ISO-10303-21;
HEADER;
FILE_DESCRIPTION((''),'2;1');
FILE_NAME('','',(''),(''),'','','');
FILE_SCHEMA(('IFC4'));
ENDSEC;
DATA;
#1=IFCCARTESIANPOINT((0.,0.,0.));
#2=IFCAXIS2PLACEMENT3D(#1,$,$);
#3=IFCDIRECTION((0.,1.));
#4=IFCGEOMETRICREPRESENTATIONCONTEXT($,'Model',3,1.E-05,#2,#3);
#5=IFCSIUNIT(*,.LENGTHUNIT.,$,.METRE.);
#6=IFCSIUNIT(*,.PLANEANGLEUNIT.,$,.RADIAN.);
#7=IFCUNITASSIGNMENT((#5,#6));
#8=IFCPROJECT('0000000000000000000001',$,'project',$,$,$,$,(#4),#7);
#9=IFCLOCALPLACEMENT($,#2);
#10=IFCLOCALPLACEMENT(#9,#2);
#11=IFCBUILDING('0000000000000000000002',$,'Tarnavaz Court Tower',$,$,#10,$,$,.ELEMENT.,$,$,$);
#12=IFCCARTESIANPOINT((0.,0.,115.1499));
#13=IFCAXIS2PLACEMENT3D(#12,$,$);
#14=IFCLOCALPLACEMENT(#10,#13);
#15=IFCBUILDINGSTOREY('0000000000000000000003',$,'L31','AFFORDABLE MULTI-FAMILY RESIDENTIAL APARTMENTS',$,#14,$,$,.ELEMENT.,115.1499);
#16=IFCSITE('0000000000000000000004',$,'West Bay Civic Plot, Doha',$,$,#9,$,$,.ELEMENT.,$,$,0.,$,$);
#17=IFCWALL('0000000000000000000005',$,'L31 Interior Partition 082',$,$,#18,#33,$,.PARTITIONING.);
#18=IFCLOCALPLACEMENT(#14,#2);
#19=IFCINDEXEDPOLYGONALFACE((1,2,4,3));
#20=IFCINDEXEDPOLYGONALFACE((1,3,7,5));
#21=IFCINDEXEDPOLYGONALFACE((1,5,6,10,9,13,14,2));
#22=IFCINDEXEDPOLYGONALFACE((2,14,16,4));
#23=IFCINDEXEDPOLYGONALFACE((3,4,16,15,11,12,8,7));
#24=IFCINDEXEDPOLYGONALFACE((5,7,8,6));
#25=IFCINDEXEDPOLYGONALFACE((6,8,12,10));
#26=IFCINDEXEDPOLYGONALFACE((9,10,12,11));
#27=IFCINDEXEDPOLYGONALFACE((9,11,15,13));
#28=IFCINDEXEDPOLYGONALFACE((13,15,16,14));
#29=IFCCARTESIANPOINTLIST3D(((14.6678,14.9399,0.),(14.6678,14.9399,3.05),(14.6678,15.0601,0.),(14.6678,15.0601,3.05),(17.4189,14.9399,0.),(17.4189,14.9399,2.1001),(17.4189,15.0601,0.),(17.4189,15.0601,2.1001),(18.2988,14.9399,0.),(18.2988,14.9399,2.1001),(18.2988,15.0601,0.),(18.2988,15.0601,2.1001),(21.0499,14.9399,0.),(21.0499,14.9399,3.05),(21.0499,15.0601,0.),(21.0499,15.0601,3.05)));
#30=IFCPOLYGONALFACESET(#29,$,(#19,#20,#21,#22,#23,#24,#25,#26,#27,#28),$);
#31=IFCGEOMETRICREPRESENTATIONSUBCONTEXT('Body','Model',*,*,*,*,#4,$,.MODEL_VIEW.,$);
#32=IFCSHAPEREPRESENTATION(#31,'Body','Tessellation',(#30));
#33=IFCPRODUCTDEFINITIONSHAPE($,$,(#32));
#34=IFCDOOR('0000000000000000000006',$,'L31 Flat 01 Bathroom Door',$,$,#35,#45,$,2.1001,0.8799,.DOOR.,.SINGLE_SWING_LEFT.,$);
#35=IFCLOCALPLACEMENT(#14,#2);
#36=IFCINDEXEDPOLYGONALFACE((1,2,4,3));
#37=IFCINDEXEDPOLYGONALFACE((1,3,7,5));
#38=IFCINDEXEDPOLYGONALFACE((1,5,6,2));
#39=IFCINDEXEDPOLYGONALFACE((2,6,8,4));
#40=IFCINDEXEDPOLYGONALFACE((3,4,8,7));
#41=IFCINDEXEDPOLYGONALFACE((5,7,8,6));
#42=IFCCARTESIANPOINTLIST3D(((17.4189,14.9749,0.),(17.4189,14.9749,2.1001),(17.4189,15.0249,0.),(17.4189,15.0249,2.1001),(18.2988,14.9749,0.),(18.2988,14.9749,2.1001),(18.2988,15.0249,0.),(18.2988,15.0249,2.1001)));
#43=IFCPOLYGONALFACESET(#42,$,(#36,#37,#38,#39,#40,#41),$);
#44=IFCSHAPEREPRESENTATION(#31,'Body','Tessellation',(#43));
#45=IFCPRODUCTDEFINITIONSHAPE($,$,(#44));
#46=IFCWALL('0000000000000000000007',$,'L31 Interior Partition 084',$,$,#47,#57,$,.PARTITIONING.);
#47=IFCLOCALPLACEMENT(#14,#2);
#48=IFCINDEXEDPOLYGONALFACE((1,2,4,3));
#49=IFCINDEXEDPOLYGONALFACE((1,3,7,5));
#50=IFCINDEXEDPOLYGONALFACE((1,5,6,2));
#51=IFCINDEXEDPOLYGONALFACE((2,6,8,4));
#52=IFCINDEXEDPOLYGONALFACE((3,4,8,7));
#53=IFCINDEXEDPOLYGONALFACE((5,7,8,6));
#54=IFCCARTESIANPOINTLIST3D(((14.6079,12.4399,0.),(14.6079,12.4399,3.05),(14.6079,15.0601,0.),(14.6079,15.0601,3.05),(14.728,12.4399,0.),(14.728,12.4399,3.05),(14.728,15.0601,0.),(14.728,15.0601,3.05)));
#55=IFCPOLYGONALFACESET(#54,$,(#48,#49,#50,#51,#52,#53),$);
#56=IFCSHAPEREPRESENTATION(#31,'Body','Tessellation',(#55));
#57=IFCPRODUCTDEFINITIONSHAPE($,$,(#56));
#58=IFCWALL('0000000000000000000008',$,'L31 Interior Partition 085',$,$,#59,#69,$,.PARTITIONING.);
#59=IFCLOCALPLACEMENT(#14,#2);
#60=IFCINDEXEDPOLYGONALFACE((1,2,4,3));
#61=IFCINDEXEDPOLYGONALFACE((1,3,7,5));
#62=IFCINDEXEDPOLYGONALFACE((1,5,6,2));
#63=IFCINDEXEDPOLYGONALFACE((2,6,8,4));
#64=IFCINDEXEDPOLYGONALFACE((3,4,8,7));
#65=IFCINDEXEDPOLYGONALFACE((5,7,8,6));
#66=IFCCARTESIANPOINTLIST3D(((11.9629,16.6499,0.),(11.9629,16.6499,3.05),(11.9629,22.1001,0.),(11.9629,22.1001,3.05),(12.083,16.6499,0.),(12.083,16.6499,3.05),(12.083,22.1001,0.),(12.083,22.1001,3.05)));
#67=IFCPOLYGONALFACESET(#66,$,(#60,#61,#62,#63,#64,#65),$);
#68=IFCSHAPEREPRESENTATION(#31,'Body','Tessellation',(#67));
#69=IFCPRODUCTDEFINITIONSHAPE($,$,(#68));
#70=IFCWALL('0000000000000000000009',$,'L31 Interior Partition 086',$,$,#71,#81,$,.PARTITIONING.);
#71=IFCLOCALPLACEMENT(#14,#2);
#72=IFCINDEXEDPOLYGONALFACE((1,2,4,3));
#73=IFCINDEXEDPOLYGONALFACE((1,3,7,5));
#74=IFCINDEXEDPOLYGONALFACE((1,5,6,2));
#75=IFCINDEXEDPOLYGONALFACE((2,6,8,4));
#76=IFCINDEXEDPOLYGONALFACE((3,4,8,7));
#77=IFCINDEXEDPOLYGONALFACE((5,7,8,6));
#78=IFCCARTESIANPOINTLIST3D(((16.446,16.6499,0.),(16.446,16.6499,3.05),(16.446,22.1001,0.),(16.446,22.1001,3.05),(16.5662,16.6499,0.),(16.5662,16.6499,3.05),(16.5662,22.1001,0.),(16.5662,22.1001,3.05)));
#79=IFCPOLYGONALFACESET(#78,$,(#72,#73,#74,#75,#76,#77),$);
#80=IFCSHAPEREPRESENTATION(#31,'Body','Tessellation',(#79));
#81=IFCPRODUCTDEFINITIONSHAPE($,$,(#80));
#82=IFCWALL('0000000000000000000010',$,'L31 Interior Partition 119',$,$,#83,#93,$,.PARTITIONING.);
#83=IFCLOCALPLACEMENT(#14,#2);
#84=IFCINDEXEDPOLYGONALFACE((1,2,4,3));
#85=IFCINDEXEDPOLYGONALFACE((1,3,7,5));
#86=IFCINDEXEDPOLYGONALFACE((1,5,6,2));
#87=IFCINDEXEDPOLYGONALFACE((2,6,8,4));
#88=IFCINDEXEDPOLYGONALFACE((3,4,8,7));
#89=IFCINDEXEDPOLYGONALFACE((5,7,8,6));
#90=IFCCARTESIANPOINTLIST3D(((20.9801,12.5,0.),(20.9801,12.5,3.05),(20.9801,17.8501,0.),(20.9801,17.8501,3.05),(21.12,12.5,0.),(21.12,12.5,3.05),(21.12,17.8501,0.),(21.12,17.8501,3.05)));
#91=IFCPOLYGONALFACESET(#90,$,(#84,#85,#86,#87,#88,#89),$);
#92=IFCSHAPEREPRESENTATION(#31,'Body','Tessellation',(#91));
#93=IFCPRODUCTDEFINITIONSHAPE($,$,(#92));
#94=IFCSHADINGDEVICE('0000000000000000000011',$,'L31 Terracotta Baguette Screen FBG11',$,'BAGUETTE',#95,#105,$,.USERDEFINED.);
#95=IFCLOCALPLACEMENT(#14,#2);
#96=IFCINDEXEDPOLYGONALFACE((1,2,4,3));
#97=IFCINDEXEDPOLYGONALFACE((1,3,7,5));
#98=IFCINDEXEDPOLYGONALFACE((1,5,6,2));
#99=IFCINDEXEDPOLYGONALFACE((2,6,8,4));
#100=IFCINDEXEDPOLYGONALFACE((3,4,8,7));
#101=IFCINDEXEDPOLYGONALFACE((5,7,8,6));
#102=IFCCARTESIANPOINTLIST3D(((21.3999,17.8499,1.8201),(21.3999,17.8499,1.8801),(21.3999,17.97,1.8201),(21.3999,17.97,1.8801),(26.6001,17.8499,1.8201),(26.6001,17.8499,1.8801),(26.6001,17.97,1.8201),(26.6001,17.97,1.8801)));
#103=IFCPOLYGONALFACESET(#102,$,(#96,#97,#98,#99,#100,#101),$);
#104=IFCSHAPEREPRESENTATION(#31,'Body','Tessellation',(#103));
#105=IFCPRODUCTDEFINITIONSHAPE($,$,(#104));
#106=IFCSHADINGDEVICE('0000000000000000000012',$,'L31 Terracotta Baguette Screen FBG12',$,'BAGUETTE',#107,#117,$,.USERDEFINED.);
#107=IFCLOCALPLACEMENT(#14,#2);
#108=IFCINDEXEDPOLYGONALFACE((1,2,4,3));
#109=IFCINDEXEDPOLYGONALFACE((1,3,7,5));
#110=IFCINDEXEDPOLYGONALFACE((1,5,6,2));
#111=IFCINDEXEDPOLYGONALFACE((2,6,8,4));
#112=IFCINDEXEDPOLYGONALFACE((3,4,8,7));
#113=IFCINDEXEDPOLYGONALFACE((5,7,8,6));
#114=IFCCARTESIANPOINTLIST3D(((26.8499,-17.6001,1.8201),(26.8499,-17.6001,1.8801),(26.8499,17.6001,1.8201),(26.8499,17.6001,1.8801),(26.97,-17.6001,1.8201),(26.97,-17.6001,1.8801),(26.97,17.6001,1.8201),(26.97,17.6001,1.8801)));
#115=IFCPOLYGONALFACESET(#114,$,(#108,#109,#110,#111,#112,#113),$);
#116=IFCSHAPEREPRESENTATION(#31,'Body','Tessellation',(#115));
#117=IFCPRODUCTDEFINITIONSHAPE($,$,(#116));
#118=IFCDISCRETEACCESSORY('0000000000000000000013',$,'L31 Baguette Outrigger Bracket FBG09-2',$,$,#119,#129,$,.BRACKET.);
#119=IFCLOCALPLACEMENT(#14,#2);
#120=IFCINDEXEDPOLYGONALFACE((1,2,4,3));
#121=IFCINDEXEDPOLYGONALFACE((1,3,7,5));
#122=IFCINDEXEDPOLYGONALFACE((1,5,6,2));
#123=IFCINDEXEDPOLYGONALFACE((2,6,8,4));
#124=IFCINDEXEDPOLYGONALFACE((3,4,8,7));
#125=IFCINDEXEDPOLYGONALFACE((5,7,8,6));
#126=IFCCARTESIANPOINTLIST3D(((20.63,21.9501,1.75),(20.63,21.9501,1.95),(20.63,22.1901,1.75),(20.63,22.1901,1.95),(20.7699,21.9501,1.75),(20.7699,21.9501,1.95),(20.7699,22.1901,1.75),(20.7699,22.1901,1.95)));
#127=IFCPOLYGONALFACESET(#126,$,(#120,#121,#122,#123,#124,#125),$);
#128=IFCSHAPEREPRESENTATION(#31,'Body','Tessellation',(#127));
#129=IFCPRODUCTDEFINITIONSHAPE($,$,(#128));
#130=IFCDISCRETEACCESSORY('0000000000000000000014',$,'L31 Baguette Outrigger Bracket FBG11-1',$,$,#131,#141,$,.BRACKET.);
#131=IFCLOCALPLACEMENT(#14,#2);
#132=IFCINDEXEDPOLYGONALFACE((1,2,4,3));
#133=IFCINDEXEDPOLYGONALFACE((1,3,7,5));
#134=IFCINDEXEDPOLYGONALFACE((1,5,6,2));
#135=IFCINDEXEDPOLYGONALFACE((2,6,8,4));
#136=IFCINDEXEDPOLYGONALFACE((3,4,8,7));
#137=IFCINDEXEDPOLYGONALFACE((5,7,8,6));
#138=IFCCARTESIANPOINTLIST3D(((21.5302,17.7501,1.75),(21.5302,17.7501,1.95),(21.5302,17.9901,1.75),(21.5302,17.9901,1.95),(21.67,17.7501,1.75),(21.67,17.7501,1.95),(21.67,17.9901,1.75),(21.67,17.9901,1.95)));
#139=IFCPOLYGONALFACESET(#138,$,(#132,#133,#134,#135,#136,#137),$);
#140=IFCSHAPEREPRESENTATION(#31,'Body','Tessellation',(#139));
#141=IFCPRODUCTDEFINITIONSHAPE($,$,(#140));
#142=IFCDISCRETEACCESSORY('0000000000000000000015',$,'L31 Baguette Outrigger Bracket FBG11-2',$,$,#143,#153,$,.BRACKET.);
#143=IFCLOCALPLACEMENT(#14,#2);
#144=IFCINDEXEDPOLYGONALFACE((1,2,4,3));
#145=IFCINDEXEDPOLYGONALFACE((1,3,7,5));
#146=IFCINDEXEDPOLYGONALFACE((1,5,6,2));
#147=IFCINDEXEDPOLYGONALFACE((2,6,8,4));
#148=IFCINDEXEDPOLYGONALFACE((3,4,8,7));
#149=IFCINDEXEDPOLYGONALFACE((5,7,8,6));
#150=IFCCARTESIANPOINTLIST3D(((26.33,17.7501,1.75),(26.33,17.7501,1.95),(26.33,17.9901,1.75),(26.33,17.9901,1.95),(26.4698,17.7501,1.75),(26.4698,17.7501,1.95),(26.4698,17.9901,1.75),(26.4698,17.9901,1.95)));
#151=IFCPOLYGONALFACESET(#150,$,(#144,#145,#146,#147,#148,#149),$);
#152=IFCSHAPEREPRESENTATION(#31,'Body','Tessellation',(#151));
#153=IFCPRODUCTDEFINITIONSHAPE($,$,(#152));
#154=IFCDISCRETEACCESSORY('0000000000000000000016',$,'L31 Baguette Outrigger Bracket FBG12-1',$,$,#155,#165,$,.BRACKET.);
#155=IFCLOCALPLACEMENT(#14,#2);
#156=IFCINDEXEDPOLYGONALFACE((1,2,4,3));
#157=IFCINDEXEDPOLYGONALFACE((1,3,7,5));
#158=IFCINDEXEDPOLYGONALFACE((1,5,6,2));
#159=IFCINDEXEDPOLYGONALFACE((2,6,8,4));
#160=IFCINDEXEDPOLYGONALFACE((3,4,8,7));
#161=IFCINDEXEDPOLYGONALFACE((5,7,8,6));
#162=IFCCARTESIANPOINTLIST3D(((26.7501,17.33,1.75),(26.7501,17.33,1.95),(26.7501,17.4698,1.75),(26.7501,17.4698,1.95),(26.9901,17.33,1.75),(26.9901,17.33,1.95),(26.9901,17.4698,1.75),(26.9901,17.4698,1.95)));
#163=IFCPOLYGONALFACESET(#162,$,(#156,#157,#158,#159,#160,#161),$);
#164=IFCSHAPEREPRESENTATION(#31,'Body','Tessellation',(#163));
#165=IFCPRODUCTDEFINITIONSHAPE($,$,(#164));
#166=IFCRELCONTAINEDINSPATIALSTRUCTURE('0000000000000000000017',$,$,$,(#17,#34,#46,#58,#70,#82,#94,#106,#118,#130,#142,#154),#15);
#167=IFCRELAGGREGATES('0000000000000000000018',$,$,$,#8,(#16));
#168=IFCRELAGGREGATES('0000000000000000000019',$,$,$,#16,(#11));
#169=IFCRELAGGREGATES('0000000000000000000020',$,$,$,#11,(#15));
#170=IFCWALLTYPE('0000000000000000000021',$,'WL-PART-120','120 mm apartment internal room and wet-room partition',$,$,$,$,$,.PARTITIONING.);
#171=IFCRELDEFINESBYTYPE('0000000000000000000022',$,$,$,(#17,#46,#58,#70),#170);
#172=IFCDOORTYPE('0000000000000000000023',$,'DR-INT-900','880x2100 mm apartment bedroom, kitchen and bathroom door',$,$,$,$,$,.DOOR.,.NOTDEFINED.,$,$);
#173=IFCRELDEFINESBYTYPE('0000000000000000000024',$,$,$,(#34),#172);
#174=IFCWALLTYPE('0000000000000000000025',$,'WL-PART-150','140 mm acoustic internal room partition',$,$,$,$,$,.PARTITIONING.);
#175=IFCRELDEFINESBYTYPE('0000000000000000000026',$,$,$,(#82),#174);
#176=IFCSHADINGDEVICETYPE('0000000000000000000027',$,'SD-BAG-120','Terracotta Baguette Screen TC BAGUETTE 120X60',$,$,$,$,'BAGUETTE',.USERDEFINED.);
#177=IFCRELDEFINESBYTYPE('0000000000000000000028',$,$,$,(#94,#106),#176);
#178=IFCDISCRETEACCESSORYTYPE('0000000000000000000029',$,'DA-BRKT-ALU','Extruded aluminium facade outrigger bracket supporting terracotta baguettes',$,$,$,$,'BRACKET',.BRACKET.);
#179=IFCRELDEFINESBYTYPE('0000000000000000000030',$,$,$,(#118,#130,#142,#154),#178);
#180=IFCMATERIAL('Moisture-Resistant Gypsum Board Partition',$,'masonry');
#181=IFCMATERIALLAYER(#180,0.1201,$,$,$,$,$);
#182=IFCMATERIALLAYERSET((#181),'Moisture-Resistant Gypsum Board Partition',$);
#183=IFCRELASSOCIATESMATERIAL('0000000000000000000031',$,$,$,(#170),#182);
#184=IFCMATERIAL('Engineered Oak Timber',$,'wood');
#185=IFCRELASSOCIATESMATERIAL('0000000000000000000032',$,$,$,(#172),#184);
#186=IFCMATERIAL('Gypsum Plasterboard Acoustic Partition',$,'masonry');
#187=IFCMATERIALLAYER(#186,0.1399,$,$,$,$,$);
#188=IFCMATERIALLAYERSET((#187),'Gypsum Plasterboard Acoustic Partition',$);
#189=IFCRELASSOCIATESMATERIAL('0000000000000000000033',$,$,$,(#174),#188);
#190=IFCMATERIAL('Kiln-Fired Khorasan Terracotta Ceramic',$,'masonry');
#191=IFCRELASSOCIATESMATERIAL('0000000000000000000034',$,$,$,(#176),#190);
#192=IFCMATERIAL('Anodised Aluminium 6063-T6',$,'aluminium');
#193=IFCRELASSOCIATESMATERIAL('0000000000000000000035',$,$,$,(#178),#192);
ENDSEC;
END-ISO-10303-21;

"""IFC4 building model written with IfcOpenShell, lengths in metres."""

from ifc_helpers import new_model, si_unit, direction, frame, frame_2d, origin, origin_2d, place, context, subcontext, project, spatial, rectangle, extrude, material, layer, layer_set, material_profile, profile_set, type_object, element, fill, save


model = new_model("IFC4")

# Units and contexts
model_context = context("Model", 3, precision=1e-05, world=origin(), true_north=direction((0.0, 1.0)))
body_context = subcontext(model_context, "Body", "Model", "MODEL_VIEW")
ifc_project = project(units=[si_unit("LENGTHUNIT", "METRE"), si_unit("PLANEANGLEUNIT", "RADIAN")], contexts=[model_context])

# Site, building, storey
site_placement = place(None, origin())
site = spatial("IfcSite", under=ifc_project, at=site_placement, Name="West Bay Civic Plot, Doha", CompositionType="ELEMENT", RefElevation=0.0)
building_placement = place(site_placement, origin())
building = spatial("IfcBuilding", under=site, at=building_placement, Name="Tarnavaz Court Tower", CompositionType="ELEMENT")
storey_placement = place(building_placement, frame((0.0, 0.0, 115.1499)))
storey = spatial("IfcBuildingStorey", under=building, at=storey_placement, Name="L31", Description="AFFORDABLE MULTI-FAMILY RESIDENTIAL APARTMENTS", CompositionType="ELEMENT", Elevation=115.1499)

# Wall, opening, door
ifc_material_1 = material(Name="Engineered Oak Timber", Category="wood")
ifc_material_2 = material(Name="Moisture-Resistant Gypsum Board Partition", Category="masonry")
ifc_layer_1 = layer(ifc_material_2, 0.1201)
ifc_layer_set_1 = layer_set([ifc_layer_1], Name="Moisture-Resistant Gypsum Board Partition")
wall_type_1 = type_object("IfcWallType", Name="WL-PART-120", Description="120 mm apartment internal room and wet-room partition", PredefinedType="PARTITIONING", material=ifc_layer_set_1)
wall_1_placement = place(storey_placement, frame((14.668, 15.0, 0.0), z_axis=(0.0, 0.0, 1.0), x_axis=(1.0, 0.0, 0.0)))
wall_1 = element("IfcWall", 1, at=wall_1_placement, inside=storey, type_object=wall_type_1, Name="L31 Interior Partition 082", PredefinedType="PARTITIONING", context=body_context, shape_type="SweptSolid", body=[
    extrude(rectangle(XDim=6.3821, YDim=0.1201, at=frame_2d((3.1909, 0.0))), origin(), (0.0, 0.0, 1.0), 3.05),
])
opening_1_placement = place(wall_1_placement, frame((2.751, 0.0, 0.0)))
opening_1 = element("IfcOpeningElement", 2, at=opening_1_placement, cuts=wall_1, PredefinedType="OPENING", context=body_context, shape_type="SweptSolid", body=[
    extrude(rectangle(XDim=0.8799, YDim=2.1001, at=frame_2d((0.4399, 1.05))), frame((0.0, 0.0701, 0.0), z_axis=(0.0, -1.0, 0.0), x_axis=(1.0, 0.0, 0.0)), (0.0, 0.0, 1.0), 0.1401),
])
door_type_1 = type_object("IfcDoorType", Name="DR-INT-900", Description="880x2100 mm apartment bedroom, kitchen and bathroom door", OperationType="NOTDEFINED", PredefinedType="DOOR", material=ifc_material_1)
door_1_placement = place(opening_1_placement, origin())
door_1 = element("IfcDoor", 3, at=door_1_placement, inside=storey, type_object=door_type_1, Name="L31 Flat 01 Bathroom Door", OperationType="SINGLE_SWING_LEFT", OverallHeight=2.1001, OverallWidth=0.8799, PredefinedType="DOOR", context=body_context, shape_type="SweptSolid", body=[
    extrude(rectangle(XDim=0.8799, YDim=2.1001, at=frame_2d((0.4399, 1.05))), frame((0.0, 0.0249, 0.0), z_axis=(0.0, -1.0, 0.0), x_axis=(1.0, 0.0, 0.0)), (0.0, 0.0, 1.0), 0.05),
])
fill(opening_1, door_1)

# Walls
wall_2_placement = place(storey_placement, frame((14.668, 12.4399, 0.0), z_axis=(0.0, 0.0, 1.0), x_axis=(0.0, 1.0, 0.0)))
element("IfcWall", 4, at=wall_2_placement, inside=storey, type_object=wall_type_1, Name="L31 Interior Partition 084", PredefinedType="PARTITIONING", context=body_context, shape_type="SweptSolid", body=[
    extrude(rectangle(XDim=2.6201, YDim=0.1201, at=frame_2d((1.3101, 0.0))), origin(), (0.0, 0.0, 1.0), 3.05),
])
for number, where, z_axis, x_axis, name in (
    (5, (12.0229, 16.6499, 0.0), (0.0, 0.0, 1.0), (0.0, 1.0, 0.0), "L31 Interior Partition 085"),
    (6, (16.5061, 16.6499, 0.0), (0.0, 0.0, 1.0), (0.0, 1.0, 0.0), "L31 Interior Partition 086"),
):
    element("IfcWall", number, at=place(storey_placement, frame(where, z_axis=z_axis, x_axis=x_axis)), inside=storey, type_object=wall_type_1, Name=name, PredefinedType="PARTITIONING", context=body_context, shape_type="SweptSolid", body=[
        extrude(rectangle(XDim=5.4502, YDim=0.1201, at=frame_2d((2.7251, 0.0))), origin(), (0.0, 0.0, 1.0), 3.05),
    ])
ifc_material_3 = material(Name="Gypsum Plasterboard Acoustic Partition", Category="masonry")
ifc_layer_2 = layer(ifc_material_3, 0.1399)
ifc_layer_set_2 = layer_set([ifc_layer_2], Name="Gypsum Plasterboard Acoustic Partition")
wall_type_2 = type_object("IfcWallType", Name="WL-PART-150", Description="140 mm acoustic internal room partition", PredefinedType="PARTITIONING", material=ifc_layer_set_2)
wall_3_placement = place(storey_placement, frame((21.05, 12.5, 0.0), z_axis=(0.0, 0.0, 1.0), x_axis=(0.0, 1.0, 0.0)))
element("IfcWall", 7, at=wall_3_placement, inside=storey, type_object=wall_type_2, Name="L31 Interior Partition 119", PredefinedType="PARTITIONING", context=body_context, shape_type="SweptSolid", body=[
    extrude(rectangle(XDim=5.3501, YDim=0.1399, at=frame_2d((2.675, 0.0))), origin(), (0.0, 0.0, 1.0), 3.05),
])

# Shading devices
ifc_material_4 = material(Name="Kiln-Fired Khorasan Terracotta Ceramic", Category="masonry")
ifc_material_profile_1 = material_profile(ifc_material_4, rectangle(XDim=0.1201, YDim=0.0601, at=origin_2d()), Name="TC BAGUETTE 120X60")
ifc_profile_set_1 = profile_set([ifc_material_profile_1], Name="Kiln-Fired Khorasan Terracotta Ceramic")
shading_device_type = type_object("IfcShadingDeviceType", Name="SD-BAG-120", Description="Terracotta Baguette Screen TC BAGUETTE 120X60", ElementType="BAGUETTE", PredefinedType="USERDEFINED", material=ifc_profile_set_1)
shading_device_1_placement = place(storey_placement, frame((21.3999, 17.9099, 1.8501), z_axis=(1.0, 0.0, 0.0), x_axis=(0.0, 1.0, 0.0)))
element("IfcShadingDevice", 8, at=shading_device_1_placement, inside=storey, type_object=shading_device_type, Name="L31 Terracotta Baguette Screen FBG11", ObjectType="BAGUETTE", PredefinedType="USERDEFINED", context=body_context, shape_type="SweptSolid", body=[
    extrude(rectangle(XDim=0.1201, YDim=0.0601, at=origin_2d()), origin(), (0.0, 0.0, 1.0), 5.2002),
])
shading_device_2_placement = place(storey_placement, frame((26.9099, 17.6001, 1.8501), z_axis=(0.0, -1.0, 0.0), x_axis=(1.0, 0.0, 0.0)))
element("IfcShadingDevice", 9, at=shading_device_2_placement, inside=storey, type_object=shading_device_type, Name="L31 Terracotta Baguette Screen FBG12", ObjectType="BAGUETTE", PredefinedType="USERDEFINED", context=body_context, shape_type="SweptSolid", body=[
    extrude(rectangle(XDim=0.1201, YDim=0.0601, at=origin_2d()), origin(), (0.0, 0.0, 1.0), 35.2002),
])

# Discrete accessories
ifc_material_5 = material(Name="Anodised Aluminium 6063-T6", Category="aluminium")
discrete_accessory_type = type_object("IfcDiscreteAccessoryType", Name="DA-BRKT-ALU", Description="Extruded aluminium facade outrigger bracket supporting terracotta baguettes", ElementType="BRACKET", PredefinedType="BRACKET", material=ifc_material_5)
for number, where, z_axis, x_axis, name in (
    (10, (20.7, 22.0701, 1.75), (0.0, 0.0, 1.0), (1.0, 0.0, 0.0), "L31 Baguette Outrigger Bracket FBG09-2"),
    (11, (21.6001, 17.8701, 1.75), (0.0, 0.0, 1.0), (1.0, 0.0, 0.0), "L31 Baguette Outrigger Bracket FBG11-1"),
    (12, (26.3999, 17.8701, 1.75), (0.0, 0.0, 1.0), (1.0, 0.0, 0.0), "L31 Baguette Outrigger Bracket FBG11-2"),
    (13, (26.8701, 17.3999, 1.75), (0.0, 0.0, 1.0), (0.0, -1.0, 0.0), "L31 Baguette Outrigger Bracket FBG12-1"),
):
    element("IfcDiscreteAccessory", number, at=place(storey_placement, frame(where, z_axis=z_axis, x_axis=x_axis)), inside=storey, type_object=discrete_accessory_type, Name=name, PredefinedType="BRACKET", context=body_context, shape_type="SweptSolid", body=[
        extrude(rectangle(XDim=0.1399, YDim=0.24, at=origin_2d()), origin(), (0.0, 0.0, 1.0), 0.2),
    ])

save(model, "model.ifc")
